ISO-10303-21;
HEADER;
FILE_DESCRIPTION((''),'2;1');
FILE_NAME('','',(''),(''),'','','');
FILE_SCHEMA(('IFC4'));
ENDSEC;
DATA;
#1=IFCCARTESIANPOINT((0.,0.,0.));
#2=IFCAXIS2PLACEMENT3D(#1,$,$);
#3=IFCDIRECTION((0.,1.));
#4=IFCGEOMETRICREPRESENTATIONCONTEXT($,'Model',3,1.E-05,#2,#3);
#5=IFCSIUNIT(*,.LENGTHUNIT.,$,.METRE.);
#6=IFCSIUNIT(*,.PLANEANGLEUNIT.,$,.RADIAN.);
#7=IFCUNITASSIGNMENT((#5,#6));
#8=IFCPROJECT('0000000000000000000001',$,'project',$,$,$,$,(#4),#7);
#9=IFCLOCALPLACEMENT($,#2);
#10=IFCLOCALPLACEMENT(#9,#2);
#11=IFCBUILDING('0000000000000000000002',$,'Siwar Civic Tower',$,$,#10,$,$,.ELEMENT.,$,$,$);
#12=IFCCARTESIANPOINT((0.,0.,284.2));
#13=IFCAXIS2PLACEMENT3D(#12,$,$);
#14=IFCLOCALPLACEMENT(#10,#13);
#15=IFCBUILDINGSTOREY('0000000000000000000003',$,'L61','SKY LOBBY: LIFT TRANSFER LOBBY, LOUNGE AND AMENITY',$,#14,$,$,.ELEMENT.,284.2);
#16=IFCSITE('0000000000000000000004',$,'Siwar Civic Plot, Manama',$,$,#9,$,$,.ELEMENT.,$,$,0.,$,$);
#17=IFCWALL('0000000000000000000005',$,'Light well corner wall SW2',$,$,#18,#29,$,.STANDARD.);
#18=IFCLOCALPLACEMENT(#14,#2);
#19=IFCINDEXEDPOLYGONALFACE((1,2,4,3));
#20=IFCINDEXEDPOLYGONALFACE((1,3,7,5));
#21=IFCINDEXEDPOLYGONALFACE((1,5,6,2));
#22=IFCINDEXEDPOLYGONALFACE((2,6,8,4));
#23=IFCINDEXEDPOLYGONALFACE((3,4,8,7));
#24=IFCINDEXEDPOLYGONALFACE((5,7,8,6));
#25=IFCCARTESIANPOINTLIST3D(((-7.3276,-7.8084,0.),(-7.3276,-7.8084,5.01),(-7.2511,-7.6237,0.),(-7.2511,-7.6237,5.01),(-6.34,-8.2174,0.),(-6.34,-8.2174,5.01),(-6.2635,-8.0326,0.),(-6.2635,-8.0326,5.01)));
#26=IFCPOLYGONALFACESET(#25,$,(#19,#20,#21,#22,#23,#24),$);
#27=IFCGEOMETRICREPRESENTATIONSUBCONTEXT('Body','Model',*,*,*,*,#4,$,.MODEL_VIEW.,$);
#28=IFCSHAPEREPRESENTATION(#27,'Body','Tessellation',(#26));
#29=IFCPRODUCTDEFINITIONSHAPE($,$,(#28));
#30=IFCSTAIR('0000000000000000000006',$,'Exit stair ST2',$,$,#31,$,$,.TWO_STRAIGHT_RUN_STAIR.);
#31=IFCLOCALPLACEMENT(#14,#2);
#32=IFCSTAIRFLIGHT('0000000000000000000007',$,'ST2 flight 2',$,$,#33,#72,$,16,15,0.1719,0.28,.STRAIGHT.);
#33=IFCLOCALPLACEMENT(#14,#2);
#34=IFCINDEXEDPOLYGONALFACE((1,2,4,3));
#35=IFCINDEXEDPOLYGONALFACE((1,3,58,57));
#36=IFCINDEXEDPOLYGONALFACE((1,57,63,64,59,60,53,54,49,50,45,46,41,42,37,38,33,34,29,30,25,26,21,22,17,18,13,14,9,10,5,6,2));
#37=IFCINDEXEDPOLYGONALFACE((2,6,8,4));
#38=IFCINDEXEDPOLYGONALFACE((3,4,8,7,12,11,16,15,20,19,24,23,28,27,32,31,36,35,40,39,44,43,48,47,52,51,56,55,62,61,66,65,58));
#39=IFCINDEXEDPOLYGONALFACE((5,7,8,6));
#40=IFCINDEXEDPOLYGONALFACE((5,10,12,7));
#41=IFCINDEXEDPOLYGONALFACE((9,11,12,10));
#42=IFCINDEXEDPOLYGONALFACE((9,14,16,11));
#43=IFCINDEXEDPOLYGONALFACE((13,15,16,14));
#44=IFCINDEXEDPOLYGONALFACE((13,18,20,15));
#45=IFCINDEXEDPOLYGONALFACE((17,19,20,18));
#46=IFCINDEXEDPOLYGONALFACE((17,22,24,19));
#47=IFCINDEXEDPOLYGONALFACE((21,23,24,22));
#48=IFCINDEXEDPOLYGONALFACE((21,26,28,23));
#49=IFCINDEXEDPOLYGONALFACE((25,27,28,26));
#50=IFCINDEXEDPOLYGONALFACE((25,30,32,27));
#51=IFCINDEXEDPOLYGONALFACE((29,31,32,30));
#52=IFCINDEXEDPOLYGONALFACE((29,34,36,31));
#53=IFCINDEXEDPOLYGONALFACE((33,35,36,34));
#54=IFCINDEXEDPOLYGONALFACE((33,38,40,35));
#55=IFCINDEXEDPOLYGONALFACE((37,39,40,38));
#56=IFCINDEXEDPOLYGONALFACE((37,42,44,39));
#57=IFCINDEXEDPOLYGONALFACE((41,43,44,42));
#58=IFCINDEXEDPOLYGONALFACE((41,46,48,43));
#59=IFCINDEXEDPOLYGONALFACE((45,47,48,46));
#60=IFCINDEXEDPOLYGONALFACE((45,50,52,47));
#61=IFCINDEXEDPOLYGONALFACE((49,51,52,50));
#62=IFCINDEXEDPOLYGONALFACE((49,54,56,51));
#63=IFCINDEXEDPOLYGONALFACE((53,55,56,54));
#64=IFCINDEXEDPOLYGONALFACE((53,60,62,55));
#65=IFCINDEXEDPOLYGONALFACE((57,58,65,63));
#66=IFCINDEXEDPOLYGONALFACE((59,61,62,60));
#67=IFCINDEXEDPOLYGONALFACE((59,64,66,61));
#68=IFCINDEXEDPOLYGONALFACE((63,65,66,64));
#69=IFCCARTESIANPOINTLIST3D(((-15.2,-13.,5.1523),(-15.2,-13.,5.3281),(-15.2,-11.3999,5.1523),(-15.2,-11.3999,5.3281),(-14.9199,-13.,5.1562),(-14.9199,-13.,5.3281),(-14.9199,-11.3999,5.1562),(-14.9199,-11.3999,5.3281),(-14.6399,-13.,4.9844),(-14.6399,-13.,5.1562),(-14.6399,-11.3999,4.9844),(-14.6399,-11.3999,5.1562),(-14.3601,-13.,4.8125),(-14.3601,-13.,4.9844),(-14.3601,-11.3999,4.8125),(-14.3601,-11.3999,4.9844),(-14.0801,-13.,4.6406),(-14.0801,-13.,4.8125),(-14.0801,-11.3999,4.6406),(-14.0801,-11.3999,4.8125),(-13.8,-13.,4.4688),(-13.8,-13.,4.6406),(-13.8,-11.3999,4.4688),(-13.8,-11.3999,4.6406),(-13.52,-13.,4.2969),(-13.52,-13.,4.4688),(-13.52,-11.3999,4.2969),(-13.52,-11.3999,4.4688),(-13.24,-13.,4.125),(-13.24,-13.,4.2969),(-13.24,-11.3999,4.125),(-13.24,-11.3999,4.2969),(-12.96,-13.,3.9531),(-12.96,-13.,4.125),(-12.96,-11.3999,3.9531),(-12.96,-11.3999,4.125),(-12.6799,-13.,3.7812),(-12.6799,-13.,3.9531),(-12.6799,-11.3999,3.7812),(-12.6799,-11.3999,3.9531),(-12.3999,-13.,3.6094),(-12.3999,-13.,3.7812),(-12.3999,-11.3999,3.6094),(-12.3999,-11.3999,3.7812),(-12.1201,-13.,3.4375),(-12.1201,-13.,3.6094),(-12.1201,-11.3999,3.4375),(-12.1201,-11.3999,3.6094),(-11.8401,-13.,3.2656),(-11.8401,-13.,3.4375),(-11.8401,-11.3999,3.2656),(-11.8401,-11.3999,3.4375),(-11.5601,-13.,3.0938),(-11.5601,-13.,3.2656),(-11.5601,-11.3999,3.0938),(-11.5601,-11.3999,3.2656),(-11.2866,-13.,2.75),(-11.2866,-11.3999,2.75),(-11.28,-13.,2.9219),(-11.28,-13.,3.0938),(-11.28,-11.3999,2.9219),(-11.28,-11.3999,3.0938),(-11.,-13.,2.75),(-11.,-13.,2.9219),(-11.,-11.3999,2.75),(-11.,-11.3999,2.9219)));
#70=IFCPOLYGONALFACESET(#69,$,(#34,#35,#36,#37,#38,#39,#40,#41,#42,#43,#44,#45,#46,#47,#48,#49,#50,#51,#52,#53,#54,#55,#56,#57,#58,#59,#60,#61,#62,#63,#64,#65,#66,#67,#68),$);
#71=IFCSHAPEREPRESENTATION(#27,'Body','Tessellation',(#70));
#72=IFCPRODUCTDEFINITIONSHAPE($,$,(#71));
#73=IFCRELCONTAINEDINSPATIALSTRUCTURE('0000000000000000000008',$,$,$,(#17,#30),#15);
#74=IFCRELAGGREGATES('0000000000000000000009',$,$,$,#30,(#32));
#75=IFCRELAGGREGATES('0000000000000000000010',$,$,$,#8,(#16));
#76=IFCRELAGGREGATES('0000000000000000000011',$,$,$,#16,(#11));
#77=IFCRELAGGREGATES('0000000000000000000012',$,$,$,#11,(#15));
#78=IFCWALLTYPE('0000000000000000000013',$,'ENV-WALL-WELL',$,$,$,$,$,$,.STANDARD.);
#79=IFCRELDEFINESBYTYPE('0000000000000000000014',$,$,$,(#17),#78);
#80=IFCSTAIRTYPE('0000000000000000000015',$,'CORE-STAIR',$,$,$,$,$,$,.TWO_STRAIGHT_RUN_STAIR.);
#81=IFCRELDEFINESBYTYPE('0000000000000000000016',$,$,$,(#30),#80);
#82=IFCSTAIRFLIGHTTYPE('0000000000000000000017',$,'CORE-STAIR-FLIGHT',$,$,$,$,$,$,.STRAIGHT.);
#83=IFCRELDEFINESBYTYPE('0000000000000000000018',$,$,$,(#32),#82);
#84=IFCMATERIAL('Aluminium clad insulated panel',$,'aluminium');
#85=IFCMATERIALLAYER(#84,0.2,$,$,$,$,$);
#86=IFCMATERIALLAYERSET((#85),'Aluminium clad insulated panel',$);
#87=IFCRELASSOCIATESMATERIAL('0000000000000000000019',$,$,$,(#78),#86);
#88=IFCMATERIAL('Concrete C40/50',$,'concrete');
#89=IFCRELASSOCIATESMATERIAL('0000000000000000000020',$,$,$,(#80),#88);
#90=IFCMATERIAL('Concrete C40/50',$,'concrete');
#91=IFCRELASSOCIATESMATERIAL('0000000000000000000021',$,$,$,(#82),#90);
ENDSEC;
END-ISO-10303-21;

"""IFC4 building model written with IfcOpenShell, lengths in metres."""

from ifc_helpers import new_model, si_unit, direction, frame, frame_2d, origin, place, context, subcontext, project, spatial, polyline, rectangle, outline, extrude, material, layer, layer_set, type_object, element, aggregate, save


model = new_model("IFC4")

# Units and contexts
model_context = context("Model", 3, precision=1e-05, world=origin(), true_north=direction((0.0, 1.0)))
body_context = subcontext(model_context, "Body", "Model", "MODEL_VIEW")
ifc_project = project(units=[si_unit("LENGTHUNIT", "METRE"), si_unit("PLANEANGLEUNIT", "RADIAN")], contexts=[model_context])

# Site, building, storey
site_placement = place(None, origin())
site = spatial("IfcSite", under=ifc_project, at=site_placement, Name="Siwar Civic Plot, Manama", CompositionType="ELEMENT", RefElevation=0.0)
building_placement = place(site_placement, origin())
building = spatial("IfcBuilding", under=site, at=building_placement, Name="Siwar Civic Tower", CompositionType="ELEMENT")
storey_placement = place(building_placement, frame((0.0, 0.0, 284.2)))
storey = spatial("IfcBuildingStorey", under=building, at=storey_placement, Name="L61", Description="SKY LOBBY: LIFT TRANSFER LOBBY, LOUNGE AND AMENITY", CompositionType="ELEMENT", Elevation=284.2)

# Wall
ifc_material_1 = material(Name="Aluminium clad insulated panel", Category="aluminium")
ifc_layer_1 = layer(ifc_material_1, 0.2)
ifc_layer_set_1 = layer_set([ifc_layer_1], Name="Aluminium clad insulated panel")
wall_type_1 = type_object("IfcWallType", Name="ENV-WALL-WELL", PredefinedType="STANDARD", material=ifc_layer_set_1)
wall_1_placement = place(storey_placement, frame((-7.2893, -7.7161, 0.0), z_axis=(0.0, 0.0, 1.0), x_axis=(0.923919, -0.382587, 0.0)))
element("IfcWall", 1, at=wall_1_placement, inside=storey, type_object=wall_type_1, Name="Light well corner wall SW2", PredefinedType="STANDARD", context=body_context, shape_type="SweptSolid", body=[
    extrude(rectangle(XDim=1.0688, YDim=0.2, at=frame_2d((0.5344, 0.0))), origin(), (0.0, 0.0, 1.0), 5.01),
])

# Stair, stair flight
ifc_material_2 = material(Name="Concrete C40/50", Category="concrete")
stair_type = type_object("IfcStairType", Name="CORE-STAIR", PredefinedType="TWO_STRAIGHT_RUN_STAIR", material=ifc_material_2)
stair_placement = place(storey_placement, origin())
stair = element("IfcStair", 2, at=stair_placement, inside=storey, type_object=stair_type, Name="Exit stair ST2", PredefinedType="TWO_STRAIGHT_RUN_STAIR")
ifc_material_3 = material(Name="Concrete C40/50", Category="concrete")
stair_flight_type = type_object("IfcStairFlightType", Name="CORE-STAIR-FLIGHT", PredefinedType="STRAIGHT", material=ifc_material_3)
stair_flight_placement = place(storey_placement, frame((-11.0, -12.2, 2.75), z_axis=(0.0, 0.0, 1.0), x_axis=(-1.0, 0.0, 0.0)))
stair_flight = element("IfcStairFlight", 3, at=stair_flight_placement, type_object=stair_flight_type, Name="ST2 flight 2", NumberOfRisers=16, NumberOfTreads=15, PredefinedType="STRAIGHT", RiserHeight=0.1719, TreadLength=0.28, context=body_context, shape_type="SweptSolid", body=[
    extrude(outline(polyline([(0.0, 0.0), (0.0, 0.1719), (0.28, 0.1719), (0.28, 0.3438), (0.5601, 0.3438), (0.5601, 0.5156), (0.8401, 0.5156), (0.8401, 0.6875), (1.1201, 0.6875), (1.1201, 0.8594), (1.3999, 0.8594), (1.3999, 1.0312), (1.6799, 1.0312), (1.6799, 1.2031), (1.96, 1.2031), (1.96, 1.375), (2.24, 1.375), (2.24, 1.5469), (2.52, 1.5469), (2.52, 1.7188), (2.8, 1.7188), (2.8, 1.8906), (3.0801, 1.8906), (3.0801, 2.0625), (3.3601, 2.0625), (3.3601, 2.2344), (3.6399, 2.2344), (3.6399, 2.4062), (3.9199, 2.4062), (3.9199, 2.5781), (4.2, 2.5781), (4.2, 2.75), (4.2, 2.4023), (0.2866, 0.0), (0.0, 0.0)])), frame((0.0, 0.8, 0.0), z_axis=(0.0, -1.0, 0.0), x_axis=(1.0, 0.0, 0.0)), (0.0, 0.0, 1.0), 1.6001),
])
aggregate(stair, [stair_flight])

save(model, "model.ifc")
